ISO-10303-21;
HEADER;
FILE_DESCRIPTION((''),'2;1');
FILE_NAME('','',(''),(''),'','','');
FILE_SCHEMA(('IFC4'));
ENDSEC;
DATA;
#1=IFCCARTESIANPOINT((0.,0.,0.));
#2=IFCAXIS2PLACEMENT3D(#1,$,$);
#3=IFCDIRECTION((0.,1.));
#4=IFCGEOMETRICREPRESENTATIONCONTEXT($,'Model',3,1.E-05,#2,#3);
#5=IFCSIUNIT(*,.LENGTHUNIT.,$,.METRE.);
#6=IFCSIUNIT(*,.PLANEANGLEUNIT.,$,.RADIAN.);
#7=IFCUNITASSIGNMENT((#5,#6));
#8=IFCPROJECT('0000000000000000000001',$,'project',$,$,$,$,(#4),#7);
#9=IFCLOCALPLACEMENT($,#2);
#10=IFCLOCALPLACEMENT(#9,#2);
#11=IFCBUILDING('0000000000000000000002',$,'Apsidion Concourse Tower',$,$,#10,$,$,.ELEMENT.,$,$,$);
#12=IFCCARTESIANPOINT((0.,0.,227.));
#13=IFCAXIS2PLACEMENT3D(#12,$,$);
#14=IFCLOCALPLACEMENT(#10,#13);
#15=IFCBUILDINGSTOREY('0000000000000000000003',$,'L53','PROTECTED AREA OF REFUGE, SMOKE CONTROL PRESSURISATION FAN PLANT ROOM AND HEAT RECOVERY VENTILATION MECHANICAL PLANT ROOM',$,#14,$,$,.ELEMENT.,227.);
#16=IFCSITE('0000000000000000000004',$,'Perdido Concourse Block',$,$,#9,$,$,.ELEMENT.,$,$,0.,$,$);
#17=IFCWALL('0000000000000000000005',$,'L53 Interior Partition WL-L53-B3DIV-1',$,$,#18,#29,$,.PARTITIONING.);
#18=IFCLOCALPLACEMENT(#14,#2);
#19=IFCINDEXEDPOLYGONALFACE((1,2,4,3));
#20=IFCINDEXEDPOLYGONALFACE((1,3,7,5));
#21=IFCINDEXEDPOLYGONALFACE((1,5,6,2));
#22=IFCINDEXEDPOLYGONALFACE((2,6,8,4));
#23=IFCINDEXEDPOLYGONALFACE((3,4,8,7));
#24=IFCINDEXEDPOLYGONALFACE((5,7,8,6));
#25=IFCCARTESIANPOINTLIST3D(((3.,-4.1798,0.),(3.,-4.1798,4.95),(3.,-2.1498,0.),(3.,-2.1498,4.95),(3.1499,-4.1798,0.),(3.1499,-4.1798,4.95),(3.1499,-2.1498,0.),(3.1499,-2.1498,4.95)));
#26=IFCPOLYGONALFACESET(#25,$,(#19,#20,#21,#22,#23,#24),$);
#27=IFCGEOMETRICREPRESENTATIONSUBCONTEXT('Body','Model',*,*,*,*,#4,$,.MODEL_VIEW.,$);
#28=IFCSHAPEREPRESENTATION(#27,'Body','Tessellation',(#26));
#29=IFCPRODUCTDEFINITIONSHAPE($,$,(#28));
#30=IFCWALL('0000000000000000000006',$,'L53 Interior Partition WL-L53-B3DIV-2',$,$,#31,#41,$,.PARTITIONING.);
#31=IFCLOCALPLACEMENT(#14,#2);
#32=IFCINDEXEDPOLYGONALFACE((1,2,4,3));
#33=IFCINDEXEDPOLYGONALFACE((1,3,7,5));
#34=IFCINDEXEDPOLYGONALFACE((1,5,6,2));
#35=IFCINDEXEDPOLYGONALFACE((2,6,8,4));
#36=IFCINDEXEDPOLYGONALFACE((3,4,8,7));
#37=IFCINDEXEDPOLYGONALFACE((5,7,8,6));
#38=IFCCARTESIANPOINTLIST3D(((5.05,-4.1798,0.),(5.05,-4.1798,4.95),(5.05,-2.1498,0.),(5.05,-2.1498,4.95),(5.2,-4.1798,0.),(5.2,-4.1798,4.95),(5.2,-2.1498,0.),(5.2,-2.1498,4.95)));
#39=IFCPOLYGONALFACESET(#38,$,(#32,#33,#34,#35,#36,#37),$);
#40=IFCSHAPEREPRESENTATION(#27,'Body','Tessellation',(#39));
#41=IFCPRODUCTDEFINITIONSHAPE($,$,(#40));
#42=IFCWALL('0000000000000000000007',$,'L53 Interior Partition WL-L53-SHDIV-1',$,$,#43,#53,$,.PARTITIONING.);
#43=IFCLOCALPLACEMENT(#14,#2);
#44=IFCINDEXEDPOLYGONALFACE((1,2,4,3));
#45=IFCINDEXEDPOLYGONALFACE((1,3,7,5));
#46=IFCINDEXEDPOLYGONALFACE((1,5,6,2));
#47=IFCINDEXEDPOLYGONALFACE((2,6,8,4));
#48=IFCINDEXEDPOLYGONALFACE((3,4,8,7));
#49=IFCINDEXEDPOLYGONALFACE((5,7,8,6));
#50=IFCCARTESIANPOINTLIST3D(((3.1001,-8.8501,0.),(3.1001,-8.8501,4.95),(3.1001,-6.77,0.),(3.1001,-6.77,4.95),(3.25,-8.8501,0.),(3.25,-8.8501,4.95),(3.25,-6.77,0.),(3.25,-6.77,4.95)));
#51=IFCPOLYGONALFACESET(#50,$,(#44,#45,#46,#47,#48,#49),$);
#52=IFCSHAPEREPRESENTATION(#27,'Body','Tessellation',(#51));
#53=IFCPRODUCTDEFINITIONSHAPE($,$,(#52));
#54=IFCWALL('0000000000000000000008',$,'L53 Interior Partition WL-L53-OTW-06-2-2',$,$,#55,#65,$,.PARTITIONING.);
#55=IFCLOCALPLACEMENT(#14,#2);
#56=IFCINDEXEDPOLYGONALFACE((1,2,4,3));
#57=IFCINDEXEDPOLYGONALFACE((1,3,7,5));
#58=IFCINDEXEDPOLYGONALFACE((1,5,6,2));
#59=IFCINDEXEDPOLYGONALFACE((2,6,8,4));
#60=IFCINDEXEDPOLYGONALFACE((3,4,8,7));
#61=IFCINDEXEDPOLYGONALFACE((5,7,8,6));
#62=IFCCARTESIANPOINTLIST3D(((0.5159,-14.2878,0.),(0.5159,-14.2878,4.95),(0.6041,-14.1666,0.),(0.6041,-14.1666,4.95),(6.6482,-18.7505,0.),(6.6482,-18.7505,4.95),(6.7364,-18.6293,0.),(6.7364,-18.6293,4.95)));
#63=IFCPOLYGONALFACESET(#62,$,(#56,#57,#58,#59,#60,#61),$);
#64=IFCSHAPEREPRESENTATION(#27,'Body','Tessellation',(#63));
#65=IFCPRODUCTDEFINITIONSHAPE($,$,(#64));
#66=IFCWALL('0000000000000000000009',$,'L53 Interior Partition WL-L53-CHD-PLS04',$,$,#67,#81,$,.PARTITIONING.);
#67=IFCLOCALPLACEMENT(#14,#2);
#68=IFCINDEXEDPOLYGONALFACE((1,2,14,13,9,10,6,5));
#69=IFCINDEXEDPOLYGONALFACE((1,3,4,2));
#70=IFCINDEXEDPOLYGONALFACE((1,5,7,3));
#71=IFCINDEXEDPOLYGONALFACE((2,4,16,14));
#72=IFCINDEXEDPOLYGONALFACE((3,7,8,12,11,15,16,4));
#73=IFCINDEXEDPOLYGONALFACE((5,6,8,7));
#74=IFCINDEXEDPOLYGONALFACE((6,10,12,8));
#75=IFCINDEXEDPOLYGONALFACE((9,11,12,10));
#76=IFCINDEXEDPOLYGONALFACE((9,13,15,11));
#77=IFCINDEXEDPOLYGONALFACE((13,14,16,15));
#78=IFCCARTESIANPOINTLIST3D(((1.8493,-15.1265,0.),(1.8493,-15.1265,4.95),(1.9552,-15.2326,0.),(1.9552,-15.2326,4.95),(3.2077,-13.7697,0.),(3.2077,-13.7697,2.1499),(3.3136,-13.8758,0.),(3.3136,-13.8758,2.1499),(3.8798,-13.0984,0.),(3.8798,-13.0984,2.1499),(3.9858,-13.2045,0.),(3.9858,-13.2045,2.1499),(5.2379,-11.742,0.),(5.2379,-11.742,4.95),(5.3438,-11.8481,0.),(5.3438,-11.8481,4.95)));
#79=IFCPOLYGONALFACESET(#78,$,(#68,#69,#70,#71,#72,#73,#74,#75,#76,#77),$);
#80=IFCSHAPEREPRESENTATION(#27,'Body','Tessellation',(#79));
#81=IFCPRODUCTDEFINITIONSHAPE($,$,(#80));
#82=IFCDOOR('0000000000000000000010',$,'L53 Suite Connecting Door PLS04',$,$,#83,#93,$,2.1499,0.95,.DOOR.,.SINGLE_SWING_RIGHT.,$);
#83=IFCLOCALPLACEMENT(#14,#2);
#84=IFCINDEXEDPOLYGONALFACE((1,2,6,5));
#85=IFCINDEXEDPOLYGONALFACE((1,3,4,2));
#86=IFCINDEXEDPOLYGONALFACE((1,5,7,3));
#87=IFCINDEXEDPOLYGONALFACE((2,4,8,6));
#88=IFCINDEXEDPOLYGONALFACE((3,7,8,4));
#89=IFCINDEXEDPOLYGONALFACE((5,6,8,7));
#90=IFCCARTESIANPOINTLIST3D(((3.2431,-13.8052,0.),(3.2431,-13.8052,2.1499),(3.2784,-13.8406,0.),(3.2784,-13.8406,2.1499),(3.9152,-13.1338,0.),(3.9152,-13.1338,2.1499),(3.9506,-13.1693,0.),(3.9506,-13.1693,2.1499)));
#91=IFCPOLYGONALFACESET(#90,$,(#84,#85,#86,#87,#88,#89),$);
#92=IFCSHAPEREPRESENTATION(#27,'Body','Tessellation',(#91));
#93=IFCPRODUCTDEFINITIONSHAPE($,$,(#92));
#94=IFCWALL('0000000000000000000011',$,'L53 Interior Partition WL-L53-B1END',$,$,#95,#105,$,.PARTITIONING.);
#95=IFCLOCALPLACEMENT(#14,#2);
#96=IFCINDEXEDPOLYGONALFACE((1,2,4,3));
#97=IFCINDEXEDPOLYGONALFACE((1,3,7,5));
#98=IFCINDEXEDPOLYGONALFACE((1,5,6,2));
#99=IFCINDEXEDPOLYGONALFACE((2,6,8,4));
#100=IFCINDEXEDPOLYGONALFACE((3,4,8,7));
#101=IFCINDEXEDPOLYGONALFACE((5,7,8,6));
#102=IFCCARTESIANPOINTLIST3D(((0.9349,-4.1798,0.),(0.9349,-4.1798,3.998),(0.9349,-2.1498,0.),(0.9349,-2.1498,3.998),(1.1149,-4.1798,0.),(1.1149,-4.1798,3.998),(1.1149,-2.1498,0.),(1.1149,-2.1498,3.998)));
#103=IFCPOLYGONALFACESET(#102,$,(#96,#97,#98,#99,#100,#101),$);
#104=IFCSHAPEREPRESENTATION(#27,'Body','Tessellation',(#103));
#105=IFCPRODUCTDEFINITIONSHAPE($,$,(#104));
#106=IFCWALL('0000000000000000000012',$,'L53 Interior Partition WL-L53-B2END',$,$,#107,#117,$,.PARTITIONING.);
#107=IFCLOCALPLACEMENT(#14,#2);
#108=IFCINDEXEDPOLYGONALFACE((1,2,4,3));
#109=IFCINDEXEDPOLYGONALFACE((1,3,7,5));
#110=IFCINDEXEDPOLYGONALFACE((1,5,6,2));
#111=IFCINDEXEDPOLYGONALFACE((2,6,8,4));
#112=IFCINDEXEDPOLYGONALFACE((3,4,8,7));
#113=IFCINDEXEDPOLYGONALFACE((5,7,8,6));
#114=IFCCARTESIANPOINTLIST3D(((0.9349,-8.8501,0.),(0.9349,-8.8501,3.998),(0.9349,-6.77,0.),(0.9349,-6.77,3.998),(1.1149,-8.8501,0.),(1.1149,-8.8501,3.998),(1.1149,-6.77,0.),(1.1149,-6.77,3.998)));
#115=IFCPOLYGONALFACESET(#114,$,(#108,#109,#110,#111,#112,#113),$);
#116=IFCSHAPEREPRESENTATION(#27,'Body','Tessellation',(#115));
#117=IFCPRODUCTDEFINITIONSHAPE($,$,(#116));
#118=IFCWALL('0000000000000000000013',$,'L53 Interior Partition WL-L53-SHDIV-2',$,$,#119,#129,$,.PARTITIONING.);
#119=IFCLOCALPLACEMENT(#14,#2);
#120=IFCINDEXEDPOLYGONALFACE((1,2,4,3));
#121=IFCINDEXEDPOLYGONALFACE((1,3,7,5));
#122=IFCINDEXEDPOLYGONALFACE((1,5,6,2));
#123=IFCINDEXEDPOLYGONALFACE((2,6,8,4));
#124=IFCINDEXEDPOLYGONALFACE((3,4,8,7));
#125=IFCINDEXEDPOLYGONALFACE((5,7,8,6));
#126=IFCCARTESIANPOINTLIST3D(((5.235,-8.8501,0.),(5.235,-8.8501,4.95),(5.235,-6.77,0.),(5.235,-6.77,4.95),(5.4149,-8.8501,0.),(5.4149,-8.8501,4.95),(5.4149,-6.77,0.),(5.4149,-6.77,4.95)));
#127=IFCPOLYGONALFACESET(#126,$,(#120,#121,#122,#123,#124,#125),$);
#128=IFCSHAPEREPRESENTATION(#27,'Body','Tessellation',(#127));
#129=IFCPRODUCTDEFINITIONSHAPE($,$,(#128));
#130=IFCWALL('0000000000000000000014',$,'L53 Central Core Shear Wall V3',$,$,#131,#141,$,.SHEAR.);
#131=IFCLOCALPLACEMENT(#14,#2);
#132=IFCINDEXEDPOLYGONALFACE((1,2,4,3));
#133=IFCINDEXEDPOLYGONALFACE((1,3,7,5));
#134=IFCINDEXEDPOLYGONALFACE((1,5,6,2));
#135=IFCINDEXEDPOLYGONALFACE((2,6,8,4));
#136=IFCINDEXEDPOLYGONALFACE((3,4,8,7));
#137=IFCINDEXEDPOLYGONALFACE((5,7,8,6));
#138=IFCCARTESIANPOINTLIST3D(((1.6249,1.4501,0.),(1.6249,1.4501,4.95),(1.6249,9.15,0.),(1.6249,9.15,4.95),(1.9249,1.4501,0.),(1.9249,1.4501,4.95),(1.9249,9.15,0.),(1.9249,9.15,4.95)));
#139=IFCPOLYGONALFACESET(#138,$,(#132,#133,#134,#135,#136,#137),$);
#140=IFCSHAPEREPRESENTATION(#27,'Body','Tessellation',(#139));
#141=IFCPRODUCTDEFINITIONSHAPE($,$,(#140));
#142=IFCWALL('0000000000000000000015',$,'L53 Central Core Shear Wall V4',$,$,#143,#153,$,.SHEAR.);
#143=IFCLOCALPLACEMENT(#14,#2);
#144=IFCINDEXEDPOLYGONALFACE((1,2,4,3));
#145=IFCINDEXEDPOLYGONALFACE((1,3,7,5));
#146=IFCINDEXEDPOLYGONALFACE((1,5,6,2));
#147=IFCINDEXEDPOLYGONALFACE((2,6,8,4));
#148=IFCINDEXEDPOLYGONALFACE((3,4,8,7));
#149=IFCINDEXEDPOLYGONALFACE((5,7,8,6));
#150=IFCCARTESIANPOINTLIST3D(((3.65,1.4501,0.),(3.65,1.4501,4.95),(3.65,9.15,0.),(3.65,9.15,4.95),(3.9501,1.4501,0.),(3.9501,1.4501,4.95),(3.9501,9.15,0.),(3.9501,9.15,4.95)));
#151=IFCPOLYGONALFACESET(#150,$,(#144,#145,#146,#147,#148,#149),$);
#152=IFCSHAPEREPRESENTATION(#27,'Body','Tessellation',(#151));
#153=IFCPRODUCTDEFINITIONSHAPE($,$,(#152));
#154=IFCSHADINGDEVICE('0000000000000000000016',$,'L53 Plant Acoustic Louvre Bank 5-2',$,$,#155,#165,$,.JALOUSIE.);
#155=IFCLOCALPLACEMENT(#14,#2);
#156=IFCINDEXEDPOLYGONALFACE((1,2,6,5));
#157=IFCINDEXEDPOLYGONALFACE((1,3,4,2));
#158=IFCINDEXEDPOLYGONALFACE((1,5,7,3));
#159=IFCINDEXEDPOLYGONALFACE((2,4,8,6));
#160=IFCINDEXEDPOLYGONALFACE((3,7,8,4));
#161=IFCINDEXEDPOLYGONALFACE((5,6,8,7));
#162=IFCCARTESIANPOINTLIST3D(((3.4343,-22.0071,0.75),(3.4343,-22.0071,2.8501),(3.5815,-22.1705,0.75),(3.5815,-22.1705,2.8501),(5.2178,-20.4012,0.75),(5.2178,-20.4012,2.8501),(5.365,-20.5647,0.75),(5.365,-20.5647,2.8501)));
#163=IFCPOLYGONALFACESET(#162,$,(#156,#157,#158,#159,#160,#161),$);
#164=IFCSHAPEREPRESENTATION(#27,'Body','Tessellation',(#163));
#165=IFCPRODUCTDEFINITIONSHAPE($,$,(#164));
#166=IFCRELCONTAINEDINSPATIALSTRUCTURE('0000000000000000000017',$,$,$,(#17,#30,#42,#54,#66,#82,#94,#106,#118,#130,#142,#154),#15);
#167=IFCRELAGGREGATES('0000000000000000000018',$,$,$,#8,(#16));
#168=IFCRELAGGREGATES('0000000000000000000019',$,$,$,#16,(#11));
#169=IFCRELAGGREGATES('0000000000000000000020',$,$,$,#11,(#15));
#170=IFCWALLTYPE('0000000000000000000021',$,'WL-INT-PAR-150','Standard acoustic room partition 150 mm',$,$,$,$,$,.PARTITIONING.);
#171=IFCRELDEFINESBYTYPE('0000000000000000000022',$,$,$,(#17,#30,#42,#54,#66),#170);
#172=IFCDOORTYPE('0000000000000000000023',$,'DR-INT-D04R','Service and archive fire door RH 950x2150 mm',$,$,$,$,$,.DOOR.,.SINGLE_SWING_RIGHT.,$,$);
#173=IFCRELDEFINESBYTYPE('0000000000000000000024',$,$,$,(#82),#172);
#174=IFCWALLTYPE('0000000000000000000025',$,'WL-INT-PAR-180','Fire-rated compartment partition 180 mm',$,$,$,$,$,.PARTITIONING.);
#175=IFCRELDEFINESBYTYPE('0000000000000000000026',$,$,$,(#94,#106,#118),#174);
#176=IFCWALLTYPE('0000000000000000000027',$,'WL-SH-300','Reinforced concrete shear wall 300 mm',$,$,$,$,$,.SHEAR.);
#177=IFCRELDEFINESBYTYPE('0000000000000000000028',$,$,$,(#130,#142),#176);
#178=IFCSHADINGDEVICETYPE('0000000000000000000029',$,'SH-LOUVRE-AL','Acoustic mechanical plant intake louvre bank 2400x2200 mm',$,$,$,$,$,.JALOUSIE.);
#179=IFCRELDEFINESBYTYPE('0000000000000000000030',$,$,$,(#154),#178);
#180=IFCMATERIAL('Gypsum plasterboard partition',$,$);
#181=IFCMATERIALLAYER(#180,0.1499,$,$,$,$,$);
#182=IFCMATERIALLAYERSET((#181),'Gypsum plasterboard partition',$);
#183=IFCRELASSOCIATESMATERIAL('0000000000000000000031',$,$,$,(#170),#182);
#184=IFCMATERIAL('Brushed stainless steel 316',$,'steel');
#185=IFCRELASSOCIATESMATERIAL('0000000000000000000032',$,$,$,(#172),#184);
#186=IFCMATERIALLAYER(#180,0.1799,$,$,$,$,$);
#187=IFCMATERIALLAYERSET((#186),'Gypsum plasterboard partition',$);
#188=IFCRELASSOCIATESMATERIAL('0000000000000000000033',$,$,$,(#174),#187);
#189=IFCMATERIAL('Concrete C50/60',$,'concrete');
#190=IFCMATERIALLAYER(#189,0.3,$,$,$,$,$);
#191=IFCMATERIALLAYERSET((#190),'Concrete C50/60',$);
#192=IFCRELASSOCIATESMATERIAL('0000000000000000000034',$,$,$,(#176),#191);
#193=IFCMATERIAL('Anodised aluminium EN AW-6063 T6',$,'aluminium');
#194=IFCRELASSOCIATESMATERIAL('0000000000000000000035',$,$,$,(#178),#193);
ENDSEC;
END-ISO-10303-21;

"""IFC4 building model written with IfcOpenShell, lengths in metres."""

from ifc_helpers import new_model, si_unit, direction, frame, frame_2d, origin, origin_2d, place, context, subcontext, project, spatial, rectangle, extrude, material, layer, layer_set, type_object, element, fill, save


model = new_model("IFC4")

# Units and contexts
model_context = context("Model", 3, precision=1e-05, world=origin(), true_north=direction((0.0, 1.0)))
body_context = subcontext(model_context, "Body", "Model", "MODEL_VIEW")
ifc_project = project(units=[si_unit("LENGTHUNIT", "METRE"), si_unit("PLANEANGLEUNIT", "RADIAN")], contexts=[model_context])

# Site, building, storey
site_placement = place(None, origin())
site = spatial("IfcSite", under=ifc_project, at=site_placement, Name="Perdido Concourse Block", CompositionType="ELEMENT", RefElevation=0.0)
building_placement = place(site_placement, origin())
building = spatial("IfcBuilding", under=site, at=building_placement, Name="Apsidion Concourse Tower", CompositionType="ELEMENT")
storey_placement = place(building_placement, frame((0.0, 0.0, 227.0)))
storey = spatial("IfcBuildingStorey", under=building, at=storey_placement, Name="L53", Description="PROTECTED AREA OF REFUGE, SMOKE CONTROL PRESSURISATION FAN PLANT ROOM AND HEAT RECOVERY VENTILATION MECHANICAL PLANT ROOM", CompositionType="ELEMENT", Elevation=227.0)

# Shared definitions
ifc_material_1 = material(Name="Concrete C50/60", Category="concrete")

# Walls
ifc_material_2 = material(Name="Gypsum plasterboard partition")
ifc_layer_1 = layer(ifc_material_2, 0.1499)
ifc_layer_set_1 = layer_set([ifc_layer_1], Name="Gypsum plasterboard partition")
wall_type_1 = type_object("IfcWallType", Name="WL-INT-PAR-150", Description="Standard acoustic room partition 150 mm", PredefinedType="PARTITIONING", material=ifc_layer_set_1)
for number, where, z_axis, x_axis, name in (
    (1, (3.075, -4.1799, 0.0), (0.0, 0.0, 1.0), (0.0, 1.0, 0.0), "L53 Interior Partition WL-L53-B3DIV-1"),
    (2, (5.125, -4.1799, 0.0), (0.0, 0.0, 1.0), (0.0, 1.0, 0.0), "L53 Interior Partition WL-L53-B3DIV-2"),
):
    element("IfcWall", number, at=place(storey_placement, frame(where, z_axis=z_axis, x_axis=x_axis)), inside=storey, type_object=wall_type_1, Name=name, PredefinedType="PARTITIONING", context=body_context, shape_type="SweptSolid", body=[
        extrude(rectangle(XDim=2.03, YDim=0.1499, at=frame_2d((1.0151, 0.0))), origin(), (0.0, 0.0, 1.0), 4.95),
    ])
wall_1_placement = place(storey_placement, frame((3.175, -8.8501, 0.0), z_axis=(0.0, 0.0, 1.0), x_axis=(0.0, 1.0, 0.0)))
element("IfcWall", 3, at=wall_1_placement, inside=storey, type_object=wall_type_1, Name="L53 Interior Partition WL-L53-SHDIV-1", PredefinedType="PARTITIONING", context=body_context, shape_type="SweptSolid", body=[
    extrude(rectangle(XDim=2.0801, YDim=0.1499, at=frame_2d((1.04, 0.0))), origin(), (0.0, 0.0, 1.0), 4.95),
])
wall_2_placement = place(storey_placement, frame((0.5601, -14.2273, 0.0), z_axis=(0.0, 0.0, 1.0), x_axis=(0.808562, -0.588411, 0.0)))
element("IfcWall", 4, at=wall_2_placement, inside=storey, type_object=wall_type_1, Name="L53 Interior Partition WL-L53-OTW-06-2-2", PredefinedType="PARTITIONING", context=body_context, shape_type="SweptSolid", body=[
    extrude(rectangle(XDim=7.5842, YDim=0.1499, at=frame_2d((3.792, 0.0))), origin(), (0.0, 0.0, 1.0), 4.95),
])

# Wall, opening, door
wall_3_placement = place(storey_placement, frame((1.9023, -15.1794, 0.0), z_axis=(0.0, 0.0, 1.0), x_axis=(0.70754, 0.706673, 0.0)))
wall_3 = element("IfcWall", 5, at=wall_3_placement, inside=storey, type_object=wall_type_1, Name="L53 Interior Partition WL-L53-CHD-PLS04", PredefinedType="PARTITIONING", context=body_context, shape_type="SweptSolid", body=[
    extrude(rectangle(XDim=4.7893, YDim=0.1499, at=frame_2d((2.3945, 0.0))), origin(), (0.0, 0.0, 1.0), 4.95),
])
opening_1_placement = place(wall_3_placement, frame((1.9197, 0.0, 0.0)))
opening_1 = element("IfcOpeningElement", 6, at=opening_1_placement, cuts=wall_3, PredefinedType="OPENING", context=body_context, shape_type="SweptSolid", body=[
    extrude(rectangle(XDim=0.95, YDim=2.1499, at=frame_2d((0.4751, 1.075))), frame((0.0, 0.085, 0.0), z_axis=(0.0, -1.0, 0.0), x_axis=(1.0, 0.0, 0.0)), (0.0, 0.0, 1.0), 0.1699),
])
ifc_material_3 = material(Name="Brushed stainless steel 316", Category="steel")
door_type_1 = type_object("IfcDoorType", Name="DR-INT-D04R", Description="Service and archive fire door RH 950x2150 mm", OperationType="SINGLE_SWING_RIGHT", PredefinedType="DOOR", material=ifc_material_3)
door_1_placement = place(opening_1_placement, origin())
door_1 = element("IfcDoor", 7, at=door_1_placement, inside=storey, type_object=door_type_1, Name="L53 Suite Connecting Door PLS04", OperationType="SINGLE_SWING_RIGHT", OverallHeight=2.1499, OverallWidth=0.95, PredefinedType="DOOR", context=body_context, shape_type="SweptSolid", body=[
    extrude(rectangle(XDim=0.95, YDim=2.1499, at=frame_2d((0.4751, 1.075))), frame((0.0, 0.0249, 0.0), z_axis=(0.0, -1.0, 0.0), x_axis=(1.0, 0.0, 0.0)), (0.0, 0.0, 1.0), 0.05),
])
fill(opening_1, door_1)

# Walls
ifc_layer_2 = layer(ifc_material_2, 0.1799)
ifc_layer_set_2 = layer_set([ifc_layer_2], Name="Gypsum plasterboard partition")
wall_type_2 = type_object("IfcWallType", Name="WL-INT-PAR-180", Description="Fire-rated compartment partition 180 mm", PredefinedType="PARTITIONING", material=ifc_layer_set_2)
wall_4_placement = place(storey_placement, frame((1.0249, -4.1799, 0.0), z_axis=(0.0, 0.0, 1.0), x_axis=(0.0, 1.0, 0.0)))
element("IfcWall", 8, at=wall_4_placement, inside=storey, type_object=wall_type_2, Name="L53 Interior Partition WL-L53-B1END", PredefinedType="PARTITIONING", context=body_context, shape_type="SweptSolid", body=[
    extrude(rectangle(XDim=2.03, YDim=0.1799, at=frame_2d((1.0151, 0.0))), origin(), (0.0, 0.0, 1.0), 3.998),
])
wall_5_placement = place(storey_placement, frame((1.0249, -8.8501, 0.0), z_axis=(0.0, 0.0, 1.0), x_axis=(0.0, 1.0, 0.0)))
element("IfcWall", 9, at=wall_5_placement, inside=storey, type_object=wall_type_2, Name="L53 Interior Partition WL-L53-B2END", PredefinedType="PARTITIONING", context=body_context, shape_type="SweptSolid", body=[
    extrude(rectangle(XDim=2.0801, YDim=0.1799, at=frame_2d((1.04, 0.0))), origin(), (0.0, 0.0, 1.0), 3.998),
])
wall_6_placement = place(storey_placement, frame((5.325, -8.8501, 0.0), z_axis=(0.0, 0.0, 1.0), x_axis=(0.0, 1.0, 0.0)))
element("IfcWall", 10, at=wall_6_placement, inside=storey, type_object=wall_type_2, Name="L53 Interior Partition WL-L53-SHDIV-2", PredefinedType="PARTITIONING", context=body_context, shape_type="SweptSolid", body=[
    extrude(rectangle(XDim=2.0801, YDim=0.1799, at=frame_2d((1.04, 0.0))), origin(), (0.0, 0.0, 1.0), 4.95),
])

# Walls
ifc_layer_3 = layer(ifc_material_1, 0.3)
ifc_layer_set_3 = layer_set([ifc_layer_3], Name="Concrete C50/60")
wall_type_3 = type_object("IfcWallType", Name="WL-SH-300", Description="Reinforced concrete shear wall 300 mm", PredefinedType="SHEAR", material=ifc_layer_set_3)
for number, where, z_axis, x_axis, name in (
    (11, (1.7749, 1.45, 0.0), (0.0, 0.0, 1.0), (0.0, 1.0, 0.0), "L53 Central Core Shear Wall V3"),
    (12, (3.8, 1.45, 0.0), (0.0, 0.0, 1.0), (0.0, 1.0, 0.0), "L53 Central Core Shear Wall V4"),
):
    element("IfcWall", number, at=place(storey_placement, frame(where, z_axis=z_axis, x_axis=x_axis)), inside=storey, type_object=wall_type_3, Name=name, PredefinedType="SHEAR", context=body_context, shape_type="SweptSolid", body=[
        extrude(rectangle(XDim=7.7, YDim=0.3, at=frame_2d((3.8501, 0.0))), origin(), (0.0, 0.0, 1.0), 4.95),
    ])

# Shading device
ifc_material_4 = material(Name="Anodised aluminium EN AW-6063 T6", Category="aluminium")
shading_device_type = type_object("IfcShadingDeviceType", Name="SH-LOUVRE-AL", Description="Acoustic mechanical plant intake louvre bank 2400x2200 mm", PredefinedType="JALOUSIE", material=ifc_material_4)
shading_device_placement = place(storey_placement, frame((4.3997, -21.2859, 0.75), z_axis=(0.0, 0.0, 1.0), x_axis=(-0.743145, -0.669131, 0.0)))
element("IfcShadingDevice", 13, at=shading_device_placement, inside=storey, type_object=shading_device_type, Name="L53 Plant Acoustic Louvre Bank 5-2", PredefinedType="JALOUSIE", context=body_context, shape_type="SweptSolid", body=[
    extrude(rectangle(XDim=2.3999, YDim=0.22, at=origin_2d()), origin(), (0.0, 0.0, 1.0), 2.1001),
])

save(model, "model.ifc")
